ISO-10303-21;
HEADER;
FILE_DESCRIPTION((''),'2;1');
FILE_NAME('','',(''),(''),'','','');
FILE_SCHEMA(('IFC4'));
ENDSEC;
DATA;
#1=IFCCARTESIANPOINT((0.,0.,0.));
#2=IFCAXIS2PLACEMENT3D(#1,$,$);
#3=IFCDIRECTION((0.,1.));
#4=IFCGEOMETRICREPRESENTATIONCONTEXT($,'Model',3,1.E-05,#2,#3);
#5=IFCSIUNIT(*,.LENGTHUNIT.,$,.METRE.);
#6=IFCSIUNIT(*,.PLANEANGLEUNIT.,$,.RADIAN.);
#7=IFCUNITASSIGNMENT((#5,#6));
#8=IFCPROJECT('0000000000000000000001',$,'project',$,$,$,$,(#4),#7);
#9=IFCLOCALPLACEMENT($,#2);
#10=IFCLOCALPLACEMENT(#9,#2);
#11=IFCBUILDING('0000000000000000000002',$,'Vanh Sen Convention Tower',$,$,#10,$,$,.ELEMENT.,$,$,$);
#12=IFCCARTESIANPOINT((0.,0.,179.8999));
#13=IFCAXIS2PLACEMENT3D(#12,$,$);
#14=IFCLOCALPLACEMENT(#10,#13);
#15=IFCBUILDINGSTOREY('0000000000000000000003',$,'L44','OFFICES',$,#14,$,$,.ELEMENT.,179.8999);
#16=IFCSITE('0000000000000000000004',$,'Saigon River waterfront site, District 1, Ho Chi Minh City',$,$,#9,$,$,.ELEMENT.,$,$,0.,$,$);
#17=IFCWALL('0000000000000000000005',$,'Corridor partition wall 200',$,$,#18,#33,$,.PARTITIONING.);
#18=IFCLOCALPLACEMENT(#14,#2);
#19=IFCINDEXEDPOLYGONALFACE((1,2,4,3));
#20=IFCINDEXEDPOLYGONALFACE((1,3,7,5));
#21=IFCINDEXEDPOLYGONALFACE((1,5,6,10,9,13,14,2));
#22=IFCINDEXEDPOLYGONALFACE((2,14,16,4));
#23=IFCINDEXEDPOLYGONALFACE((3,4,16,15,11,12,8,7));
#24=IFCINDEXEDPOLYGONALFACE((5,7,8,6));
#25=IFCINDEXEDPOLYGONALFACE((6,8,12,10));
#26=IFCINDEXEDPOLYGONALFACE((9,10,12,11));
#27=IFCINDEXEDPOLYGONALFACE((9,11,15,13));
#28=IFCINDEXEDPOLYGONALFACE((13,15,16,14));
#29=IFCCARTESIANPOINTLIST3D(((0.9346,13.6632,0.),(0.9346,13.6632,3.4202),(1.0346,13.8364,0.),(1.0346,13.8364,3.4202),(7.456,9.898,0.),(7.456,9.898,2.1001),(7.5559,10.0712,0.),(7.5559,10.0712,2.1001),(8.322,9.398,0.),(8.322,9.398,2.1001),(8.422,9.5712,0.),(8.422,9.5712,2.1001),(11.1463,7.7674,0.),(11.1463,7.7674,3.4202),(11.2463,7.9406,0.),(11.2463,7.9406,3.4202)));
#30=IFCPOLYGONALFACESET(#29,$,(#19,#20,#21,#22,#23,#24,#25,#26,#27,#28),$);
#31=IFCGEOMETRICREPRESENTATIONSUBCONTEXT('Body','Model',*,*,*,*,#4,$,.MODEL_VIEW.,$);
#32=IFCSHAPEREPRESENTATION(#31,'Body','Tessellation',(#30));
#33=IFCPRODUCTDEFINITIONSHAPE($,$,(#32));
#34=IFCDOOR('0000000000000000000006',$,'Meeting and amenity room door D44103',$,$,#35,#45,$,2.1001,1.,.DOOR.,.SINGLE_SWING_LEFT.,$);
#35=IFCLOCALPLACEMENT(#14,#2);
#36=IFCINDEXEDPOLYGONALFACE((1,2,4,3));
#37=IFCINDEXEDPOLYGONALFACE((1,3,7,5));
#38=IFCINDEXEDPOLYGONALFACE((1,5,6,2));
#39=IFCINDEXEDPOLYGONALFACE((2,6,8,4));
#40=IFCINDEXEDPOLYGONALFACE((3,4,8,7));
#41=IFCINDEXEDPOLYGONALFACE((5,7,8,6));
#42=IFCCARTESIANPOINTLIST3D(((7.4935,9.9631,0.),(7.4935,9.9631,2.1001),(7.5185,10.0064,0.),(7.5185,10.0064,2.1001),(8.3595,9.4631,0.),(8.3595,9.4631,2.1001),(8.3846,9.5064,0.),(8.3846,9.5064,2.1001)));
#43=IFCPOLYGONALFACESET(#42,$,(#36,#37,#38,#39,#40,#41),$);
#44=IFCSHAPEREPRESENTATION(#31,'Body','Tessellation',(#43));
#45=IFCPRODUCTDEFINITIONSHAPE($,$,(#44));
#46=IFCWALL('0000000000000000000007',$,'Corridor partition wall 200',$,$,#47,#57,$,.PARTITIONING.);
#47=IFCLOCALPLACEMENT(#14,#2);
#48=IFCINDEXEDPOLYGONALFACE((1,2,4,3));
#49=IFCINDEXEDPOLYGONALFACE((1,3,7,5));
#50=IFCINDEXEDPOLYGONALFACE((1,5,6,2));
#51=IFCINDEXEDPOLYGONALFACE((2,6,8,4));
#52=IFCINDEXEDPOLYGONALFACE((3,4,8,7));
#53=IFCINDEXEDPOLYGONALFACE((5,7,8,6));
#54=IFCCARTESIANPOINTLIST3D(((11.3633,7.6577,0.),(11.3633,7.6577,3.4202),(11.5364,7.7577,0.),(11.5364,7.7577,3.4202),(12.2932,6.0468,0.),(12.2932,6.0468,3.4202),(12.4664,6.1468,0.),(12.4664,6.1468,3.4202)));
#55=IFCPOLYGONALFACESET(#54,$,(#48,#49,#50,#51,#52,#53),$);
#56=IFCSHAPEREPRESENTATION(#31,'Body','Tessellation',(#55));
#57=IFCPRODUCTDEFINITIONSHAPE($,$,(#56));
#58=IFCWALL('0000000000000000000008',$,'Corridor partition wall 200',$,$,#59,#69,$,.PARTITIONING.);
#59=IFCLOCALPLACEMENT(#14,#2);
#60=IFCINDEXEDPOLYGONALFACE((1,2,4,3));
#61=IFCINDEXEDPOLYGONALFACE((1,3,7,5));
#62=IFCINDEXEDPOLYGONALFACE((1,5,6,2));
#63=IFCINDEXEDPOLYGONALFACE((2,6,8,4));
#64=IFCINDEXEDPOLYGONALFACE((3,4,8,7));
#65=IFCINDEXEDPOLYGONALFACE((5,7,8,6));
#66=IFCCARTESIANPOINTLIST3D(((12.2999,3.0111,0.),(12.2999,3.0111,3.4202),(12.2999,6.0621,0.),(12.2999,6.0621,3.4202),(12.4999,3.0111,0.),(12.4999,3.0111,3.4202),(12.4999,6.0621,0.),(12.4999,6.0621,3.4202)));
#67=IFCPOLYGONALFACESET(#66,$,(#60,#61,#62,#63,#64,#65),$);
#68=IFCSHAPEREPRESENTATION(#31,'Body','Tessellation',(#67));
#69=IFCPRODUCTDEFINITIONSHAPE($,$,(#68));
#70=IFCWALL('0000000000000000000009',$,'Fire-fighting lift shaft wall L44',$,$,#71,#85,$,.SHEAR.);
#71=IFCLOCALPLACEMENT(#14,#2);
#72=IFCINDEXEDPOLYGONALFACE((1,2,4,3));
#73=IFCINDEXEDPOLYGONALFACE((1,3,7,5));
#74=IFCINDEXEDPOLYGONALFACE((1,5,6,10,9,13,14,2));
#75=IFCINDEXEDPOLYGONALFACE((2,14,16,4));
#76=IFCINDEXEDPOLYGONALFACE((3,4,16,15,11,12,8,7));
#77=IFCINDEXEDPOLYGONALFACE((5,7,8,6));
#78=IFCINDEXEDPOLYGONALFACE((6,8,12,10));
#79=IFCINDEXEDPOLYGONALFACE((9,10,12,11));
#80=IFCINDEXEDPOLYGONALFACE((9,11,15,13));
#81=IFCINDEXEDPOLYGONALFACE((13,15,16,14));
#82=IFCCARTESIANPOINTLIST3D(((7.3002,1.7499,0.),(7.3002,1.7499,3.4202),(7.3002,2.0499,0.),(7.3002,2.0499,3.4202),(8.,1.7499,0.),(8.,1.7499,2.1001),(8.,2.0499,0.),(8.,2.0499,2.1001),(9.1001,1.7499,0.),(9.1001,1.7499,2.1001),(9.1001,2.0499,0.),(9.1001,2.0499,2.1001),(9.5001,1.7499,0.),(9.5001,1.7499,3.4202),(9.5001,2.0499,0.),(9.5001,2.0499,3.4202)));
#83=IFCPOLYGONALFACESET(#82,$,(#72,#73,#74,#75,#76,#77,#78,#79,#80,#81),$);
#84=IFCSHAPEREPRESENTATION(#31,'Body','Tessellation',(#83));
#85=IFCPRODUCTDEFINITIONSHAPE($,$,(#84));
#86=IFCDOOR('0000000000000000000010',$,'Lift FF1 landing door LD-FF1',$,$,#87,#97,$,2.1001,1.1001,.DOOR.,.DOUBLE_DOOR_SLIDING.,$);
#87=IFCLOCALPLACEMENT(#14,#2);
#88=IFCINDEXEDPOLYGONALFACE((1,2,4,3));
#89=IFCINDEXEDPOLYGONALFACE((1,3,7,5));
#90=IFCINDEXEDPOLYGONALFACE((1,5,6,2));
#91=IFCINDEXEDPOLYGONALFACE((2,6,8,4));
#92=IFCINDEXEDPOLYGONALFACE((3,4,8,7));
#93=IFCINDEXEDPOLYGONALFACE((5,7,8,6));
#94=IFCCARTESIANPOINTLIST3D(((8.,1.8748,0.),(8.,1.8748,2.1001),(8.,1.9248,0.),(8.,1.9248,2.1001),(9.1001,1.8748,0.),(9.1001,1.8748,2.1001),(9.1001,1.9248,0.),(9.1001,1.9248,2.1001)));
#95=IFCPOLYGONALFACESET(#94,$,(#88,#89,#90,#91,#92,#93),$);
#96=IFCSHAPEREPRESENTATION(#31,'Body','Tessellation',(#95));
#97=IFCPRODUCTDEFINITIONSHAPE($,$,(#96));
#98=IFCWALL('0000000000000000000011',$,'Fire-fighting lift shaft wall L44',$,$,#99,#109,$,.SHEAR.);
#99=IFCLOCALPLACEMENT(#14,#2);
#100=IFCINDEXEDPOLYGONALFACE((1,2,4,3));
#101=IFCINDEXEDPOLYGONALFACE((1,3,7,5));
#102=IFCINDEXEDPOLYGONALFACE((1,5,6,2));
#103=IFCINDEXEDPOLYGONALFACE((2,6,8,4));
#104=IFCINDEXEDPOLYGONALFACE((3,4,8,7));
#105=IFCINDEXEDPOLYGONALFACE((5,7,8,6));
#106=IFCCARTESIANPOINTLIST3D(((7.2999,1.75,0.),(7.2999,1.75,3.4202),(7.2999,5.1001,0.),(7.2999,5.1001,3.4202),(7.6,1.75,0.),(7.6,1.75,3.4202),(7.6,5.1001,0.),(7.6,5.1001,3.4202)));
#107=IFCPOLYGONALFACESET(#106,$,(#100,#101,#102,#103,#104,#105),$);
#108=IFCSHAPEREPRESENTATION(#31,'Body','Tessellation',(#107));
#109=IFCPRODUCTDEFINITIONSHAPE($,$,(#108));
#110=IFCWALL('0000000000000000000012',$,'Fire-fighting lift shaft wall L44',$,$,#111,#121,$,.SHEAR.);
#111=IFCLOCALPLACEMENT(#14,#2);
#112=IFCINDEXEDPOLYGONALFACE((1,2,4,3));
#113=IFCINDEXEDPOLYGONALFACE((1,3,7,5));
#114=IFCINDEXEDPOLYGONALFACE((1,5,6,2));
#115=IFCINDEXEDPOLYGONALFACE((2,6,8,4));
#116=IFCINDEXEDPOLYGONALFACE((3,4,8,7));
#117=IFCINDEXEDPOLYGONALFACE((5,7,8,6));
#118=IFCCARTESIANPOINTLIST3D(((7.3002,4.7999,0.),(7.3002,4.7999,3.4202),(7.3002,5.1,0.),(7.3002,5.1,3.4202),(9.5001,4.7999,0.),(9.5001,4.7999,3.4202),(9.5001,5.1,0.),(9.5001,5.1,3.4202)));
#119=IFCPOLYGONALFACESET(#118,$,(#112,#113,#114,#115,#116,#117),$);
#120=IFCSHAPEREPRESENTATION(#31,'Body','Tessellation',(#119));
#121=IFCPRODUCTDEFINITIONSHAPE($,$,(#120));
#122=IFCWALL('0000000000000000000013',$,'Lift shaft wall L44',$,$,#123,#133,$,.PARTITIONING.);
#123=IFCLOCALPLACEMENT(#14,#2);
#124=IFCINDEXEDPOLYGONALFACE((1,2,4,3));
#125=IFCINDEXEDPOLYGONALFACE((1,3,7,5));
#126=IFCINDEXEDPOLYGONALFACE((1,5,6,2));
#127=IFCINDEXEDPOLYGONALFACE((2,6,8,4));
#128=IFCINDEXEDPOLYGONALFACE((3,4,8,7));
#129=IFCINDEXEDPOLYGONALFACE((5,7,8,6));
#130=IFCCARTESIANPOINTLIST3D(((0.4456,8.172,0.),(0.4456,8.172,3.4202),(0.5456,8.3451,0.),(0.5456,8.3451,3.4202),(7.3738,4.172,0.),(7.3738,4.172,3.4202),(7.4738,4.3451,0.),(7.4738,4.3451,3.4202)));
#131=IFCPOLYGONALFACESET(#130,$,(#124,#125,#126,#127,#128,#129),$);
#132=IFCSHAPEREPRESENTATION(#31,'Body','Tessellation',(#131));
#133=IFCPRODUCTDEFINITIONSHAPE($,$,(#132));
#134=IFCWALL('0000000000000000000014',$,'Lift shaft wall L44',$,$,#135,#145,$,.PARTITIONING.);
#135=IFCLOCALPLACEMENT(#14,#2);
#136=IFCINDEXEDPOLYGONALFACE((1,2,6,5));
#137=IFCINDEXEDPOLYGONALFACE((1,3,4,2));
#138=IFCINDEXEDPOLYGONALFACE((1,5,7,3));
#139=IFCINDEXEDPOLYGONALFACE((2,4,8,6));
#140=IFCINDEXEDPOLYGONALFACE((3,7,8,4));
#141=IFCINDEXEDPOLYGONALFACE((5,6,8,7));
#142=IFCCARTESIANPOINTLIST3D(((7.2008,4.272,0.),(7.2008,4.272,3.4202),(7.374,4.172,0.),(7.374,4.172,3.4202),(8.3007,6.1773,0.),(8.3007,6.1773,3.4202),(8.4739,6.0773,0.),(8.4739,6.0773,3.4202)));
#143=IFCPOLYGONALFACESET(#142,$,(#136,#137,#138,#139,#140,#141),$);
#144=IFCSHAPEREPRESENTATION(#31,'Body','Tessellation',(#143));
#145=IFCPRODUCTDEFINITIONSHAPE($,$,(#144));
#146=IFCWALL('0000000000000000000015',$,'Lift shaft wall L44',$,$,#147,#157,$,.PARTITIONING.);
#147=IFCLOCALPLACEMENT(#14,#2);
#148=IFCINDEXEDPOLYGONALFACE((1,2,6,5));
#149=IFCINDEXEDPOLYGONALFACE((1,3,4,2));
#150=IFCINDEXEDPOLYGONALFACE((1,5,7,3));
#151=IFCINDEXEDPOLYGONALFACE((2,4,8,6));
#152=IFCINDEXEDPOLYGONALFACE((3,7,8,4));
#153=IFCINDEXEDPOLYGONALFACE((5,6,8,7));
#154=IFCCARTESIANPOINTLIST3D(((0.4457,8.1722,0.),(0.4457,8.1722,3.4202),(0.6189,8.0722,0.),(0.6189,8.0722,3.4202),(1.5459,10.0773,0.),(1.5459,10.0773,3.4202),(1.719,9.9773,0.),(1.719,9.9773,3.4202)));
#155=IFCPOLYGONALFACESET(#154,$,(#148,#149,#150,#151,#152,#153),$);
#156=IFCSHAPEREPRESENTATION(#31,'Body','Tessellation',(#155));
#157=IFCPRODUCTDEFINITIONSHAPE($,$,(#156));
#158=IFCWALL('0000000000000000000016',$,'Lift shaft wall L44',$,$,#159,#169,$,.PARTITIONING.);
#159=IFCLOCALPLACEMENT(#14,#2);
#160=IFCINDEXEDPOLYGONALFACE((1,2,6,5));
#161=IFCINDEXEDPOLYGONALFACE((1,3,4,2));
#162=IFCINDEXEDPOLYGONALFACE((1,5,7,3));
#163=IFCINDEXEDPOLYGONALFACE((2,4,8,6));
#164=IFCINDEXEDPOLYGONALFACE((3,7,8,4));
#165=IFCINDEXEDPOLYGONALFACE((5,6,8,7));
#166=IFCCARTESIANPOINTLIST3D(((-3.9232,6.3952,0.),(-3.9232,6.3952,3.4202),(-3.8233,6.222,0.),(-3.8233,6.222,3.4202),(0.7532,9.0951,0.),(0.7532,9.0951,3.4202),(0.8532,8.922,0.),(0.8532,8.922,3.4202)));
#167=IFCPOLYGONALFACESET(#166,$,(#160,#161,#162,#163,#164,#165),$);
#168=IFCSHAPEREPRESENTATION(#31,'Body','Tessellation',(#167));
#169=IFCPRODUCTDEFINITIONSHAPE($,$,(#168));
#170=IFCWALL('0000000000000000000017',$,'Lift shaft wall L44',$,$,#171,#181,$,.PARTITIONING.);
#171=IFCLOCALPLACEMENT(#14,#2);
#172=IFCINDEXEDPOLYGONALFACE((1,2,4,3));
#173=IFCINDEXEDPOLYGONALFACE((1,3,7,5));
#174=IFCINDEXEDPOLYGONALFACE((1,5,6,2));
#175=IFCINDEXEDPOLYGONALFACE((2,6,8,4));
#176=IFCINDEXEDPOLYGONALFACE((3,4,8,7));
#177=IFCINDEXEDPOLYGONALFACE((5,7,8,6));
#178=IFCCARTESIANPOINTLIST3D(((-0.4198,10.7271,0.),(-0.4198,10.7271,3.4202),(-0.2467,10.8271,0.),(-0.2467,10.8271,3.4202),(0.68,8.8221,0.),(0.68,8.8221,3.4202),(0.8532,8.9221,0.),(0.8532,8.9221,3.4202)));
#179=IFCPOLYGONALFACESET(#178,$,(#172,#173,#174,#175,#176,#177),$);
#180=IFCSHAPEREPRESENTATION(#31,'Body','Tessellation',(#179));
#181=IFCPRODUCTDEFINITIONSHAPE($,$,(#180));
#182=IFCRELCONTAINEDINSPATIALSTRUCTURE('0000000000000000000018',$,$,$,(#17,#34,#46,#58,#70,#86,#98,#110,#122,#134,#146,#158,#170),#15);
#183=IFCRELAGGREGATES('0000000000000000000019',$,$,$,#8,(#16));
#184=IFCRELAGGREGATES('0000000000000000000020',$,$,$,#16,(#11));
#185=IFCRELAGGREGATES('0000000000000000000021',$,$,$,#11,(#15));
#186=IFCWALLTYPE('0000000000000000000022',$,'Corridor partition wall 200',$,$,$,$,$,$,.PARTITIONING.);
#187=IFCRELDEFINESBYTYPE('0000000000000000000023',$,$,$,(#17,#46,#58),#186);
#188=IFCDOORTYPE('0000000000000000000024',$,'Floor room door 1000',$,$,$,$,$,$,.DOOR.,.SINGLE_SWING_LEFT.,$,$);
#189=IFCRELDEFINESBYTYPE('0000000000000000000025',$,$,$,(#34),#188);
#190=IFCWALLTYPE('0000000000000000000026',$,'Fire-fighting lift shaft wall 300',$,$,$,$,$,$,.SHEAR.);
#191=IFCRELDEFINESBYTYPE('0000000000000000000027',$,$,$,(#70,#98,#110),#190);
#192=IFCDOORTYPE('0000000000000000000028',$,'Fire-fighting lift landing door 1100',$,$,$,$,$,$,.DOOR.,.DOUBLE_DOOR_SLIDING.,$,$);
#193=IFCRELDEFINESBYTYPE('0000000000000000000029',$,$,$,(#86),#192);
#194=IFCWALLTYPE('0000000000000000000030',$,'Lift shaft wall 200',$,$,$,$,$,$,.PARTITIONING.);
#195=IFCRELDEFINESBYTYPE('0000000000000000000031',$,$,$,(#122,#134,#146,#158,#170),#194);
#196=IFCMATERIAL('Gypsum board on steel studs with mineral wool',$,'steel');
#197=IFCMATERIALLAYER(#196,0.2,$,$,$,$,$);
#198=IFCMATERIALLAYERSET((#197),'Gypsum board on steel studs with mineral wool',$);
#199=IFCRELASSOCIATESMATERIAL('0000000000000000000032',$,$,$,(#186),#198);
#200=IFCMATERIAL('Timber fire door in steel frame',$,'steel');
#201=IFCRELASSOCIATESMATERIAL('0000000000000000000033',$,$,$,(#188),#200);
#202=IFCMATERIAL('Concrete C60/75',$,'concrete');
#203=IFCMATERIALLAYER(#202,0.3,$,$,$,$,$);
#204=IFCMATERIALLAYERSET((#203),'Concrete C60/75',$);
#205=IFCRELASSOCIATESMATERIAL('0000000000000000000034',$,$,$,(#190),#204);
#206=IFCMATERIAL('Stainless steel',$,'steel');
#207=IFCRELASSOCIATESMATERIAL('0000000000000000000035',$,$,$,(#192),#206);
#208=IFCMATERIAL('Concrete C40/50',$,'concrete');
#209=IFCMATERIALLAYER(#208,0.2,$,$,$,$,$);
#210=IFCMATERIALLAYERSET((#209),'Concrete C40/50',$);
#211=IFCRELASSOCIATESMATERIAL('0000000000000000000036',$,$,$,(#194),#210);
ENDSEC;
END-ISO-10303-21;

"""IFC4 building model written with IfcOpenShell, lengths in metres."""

from ifc_helpers import new_model, si_unit, direction, frame, frame_2d, origin, place, context, subcontext, project, spatial, rectangle, extrude, material, layer, layer_set, type_object, element, fill, save


model = new_model("IFC4")

# Units and contexts
model_context = context("Model", 3, precision=1e-05, world=origin(), true_north=direction((0.0, 1.0)))
body_context = subcontext(model_context, "Body", "Model", "MODEL_VIEW")
ifc_project = project(units=[si_unit("LENGTHUNIT", "METRE"), si_unit("PLANEANGLEUNIT", "RADIAN")], contexts=[model_context])

# Site, building, storey
site_placement = place(None, origin())
site = spatial("IfcSite", under=ifc_project, at=site_placement, Name="Saigon River waterfront site, District 1, Ho Chi Minh City", CompositionType="ELEMENT", RefElevation=0.0)
building_placement = place(site_placement, origin())
building = spatial("IfcBuilding", under=site, at=building_placement, Name="Vanh Sen Convention Tower", CompositionType="ELEMENT")
storey_placement = place(building_placement, frame((0.0, 0.0, 179.8999)))
storey = spatial("IfcBuildingStorey", under=building, at=storey_placement, Name="L44", Description="OFFICES", CompositionType="ELEMENT", Elevation=179.8999)

# Wall, opening, door
ifc_material_1 = material(Name="Gypsum board on steel studs with mineral wool", Category="steel")
ifc_layer_1 = layer(ifc_material_1, 0.2)
ifc_layer_set_1 = layer_set([ifc_layer_1], Name="Gypsum board on steel studs with mineral wool")
wall_type_1 = type_object("IfcWallType", Name="Corridor partition wall 200", PredefinedType="PARTITIONING", material=ifc_layer_set_1)
wall_1_placement = place(storey_placement, frame((11.1963, 7.854, 0.0), z_axis=(0.0, 0.0, 1.0), x_axis=(-0.866024, 0.500003, 0.0)))
wall_1 = element("IfcWall", 1, at=wall_1_placement, inside=storey, type_object=wall_type_1, Name="Corridor partition wall 200", PredefinedType="PARTITIONING", context=body_context, shape_type="SweptSolid", body=[
    extrude(rectangle(XDim=11.7915, YDim=0.2, at=frame_2d((5.8958, 0.0))), origin(), (0.0, 0.0, 1.0), 3.4202),
])
opening_1_placement = place(wall_1_placement, frame((3.2612, 0.0, 0.0)))
opening_1 = element("IfcOpeningElement", 2, at=opening_1_placement, cuts=wall_1, PredefinedType="OPENING", context=body_context, shape_type="SweptSolid", body=[
    extrude(rectangle(XDim=1.0, YDim=2.1001, at=frame_2d((0.5, 1.05))), frame((0.0, 0.1099, 0.0), z_axis=(0.0, -1.0, 0.0), x_axis=(1.0, 0.0, 0.0)), (0.0, 0.0, 1.0), 0.22),
])
ifc_material_2 = material(Name="Timber fire door in steel frame", Category="steel")
door_type_1 = type_object("IfcDoorType", Name="Floor room door 1000", OperationType="SINGLE_SWING_LEFT", PredefinedType="DOOR", material=ifc_material_2)
door_1_placement = place(opening_1_placement, origin())
door_1 = element("IfcDoor", 3, at=door_1_placement, inside=storey, type_object=door_type_1, Name="Meeting and amenity room door D44103", OperationType="SINGLE_SWING_LEFT", OverallHeight=2.1001, OverallWidth=1.0, PredefinedType="DOOR", context=body_context, shape_type="SweptSolid", body=[
    extrude(rectangle(XDim=1.0, YDim=2.1001, at=frame_2d((0.5, 1.05))), frame((0.0, 0.0249, 0.0), z_axis=(0.0, -1.0, 0.0), x_axis=(1.0, 0.0, 0.0)), (0.0, 0.0, 1.0), 0.05),
])
fill(opening_1, door_1)

# Walls
wall_2_placement = place(storey_placement, frame((12.3799, 6.0967, 0.0), z_axis=(0.0, 0.0, 1.0), x_axis=(-0.499965, 0.866046, 0.0)))
element("IfcWall", 4, at=wall_2_placement, inside=storey, type_object=wall_type_1, Name="Corridor partition wall 200", PredefinedType="PARTITIONING", context=body_context, shape_type="SweptSolid", body=[
    extrude(rectangle(XDim=1.8601, YDim=0.2, at=frame_2d((0.9302, 0.0))), origin(), (0.0, 0.0, 1.0), 3.4202),
])
wall_3_placement = place(storey_placement, frame((12.3999, 3.0112, 0.0), z_axis=(0.0, 0.0, 1.0), x_axis=(0.0, 1.0, 0.0)))
element("IfcWall", 5, at=wall_3_placement, inside=storey, type_object=wall_type_1, Name="Corridor partition wall 200", PredefinedType="PARTITIONING", context=body_context, shape_type="SweptSolid", body=[
    extrude(rectangle(XDim=3.051, YDim=0.2, at=frame_2d((1.5254, 0.0))), origin(), (0.0, 0.0, 1.0), 3.4202),
])

# Wall, opening, door
ifc_material_3 = material(Name="Concrete C60/75", Category="concrete")
ifc_layer_2 = layer(ifc_material_3, 0.3)
ifc_layer_set_2 = layer_set([ifc_layer_2], Name="Concrete C60/75")
wall_type_2 = type_object("IfcWallType", Name="Fire-fighting lift shaft wall 300", PredefinedType="SHEAR", material=ifc_layer_set_2)
wall_4_placement = place(storey_placement, frame((7.3, 1.8999, 0.0), z_axis=(0.0, 0.0, 1.0), x_axis=(1.0, 0.0, 0.0)))
wall_4 = element("IfcWall", 6, at=wall_4_placement, inside=storey, type_object=wall_type_2, Name="Fire-fighting lift shaft wall L44", PredefinedType="SHEAR", context=body_context, shape_type="SweptSolid", body=[
    extrude(rectangle(XDim=2.2, YDim=0.3, at=frame_2d((1.1001, 0.0))), origin(), (0.0, 0.0, 1.0), 3.4202),
])
opening_2_placement = place(wall_4_placement, frame((0.7, 0.0, 0.0)))
opening_2 = element("IfcOpeningElement", 7, at=opening_2_placement, cuts=wall_4, PredefinedType="OPENING", context=body_context, shape_type="SweptSolid", body=[
    extrude(rectangle(XDim=1.1001, YDim=2.1001, at=frame_2d((0.55, 1.05))), frame((0.0, 0.1599, 0.0), z_axis=(0.0, -1.0, 0.0), x_axis=(1.0, 0.0, 0.0)), (0.0, 0.0, 1.0), 0.3201),
])
ifc_material_4 = material(Name="Stainless steel", Category="steel")
door_type_2 = type_object("IfcDoorType", Name="Fire-fighting lift landing door 1100", OperationType="DOUBLE_DOOR_SLIDING", PredefinedType="DOOR", material=ifc_material_4)
door_2_placement = place(opening_2_placement, origin())
door_2 = element("IfcDoor", 8, at=door_2_placement, inside=storey, type_object=door_type_2, Name="Lift FF1 landing door LD-FF1", OperationType="DOUBLE_DOOR_SLIDING", OverallHeight=2.1001, OverallWidth=1.1001, PredefinedType="DOOR", context=body_context, shape_type="SweptSolid", body=[
    extrude(rectangle(XDim=1.1001, YDim=2.1001, at=frame_2d((0.55, 1.05))), frame((0.0, 0.0249, 0.0), z_axis=(0.0, -1.0, 0.0), x_axis=(1.0, 0.0, 0.0)), (0.0, 0.0, 1.0), 0.05),
])
fill(opening_2, door_2)

# Walls
wall_5_placement = place(storey_placement, frame((7.45, 1.75, 0.0), z_axis=(0.0, 0.0, 1.0), x_axis=(0.0, 1.0, 0.0)))
element("IfcWall", 9, at=wall_5_placement, inside=storey, type_object=wall_type_2, Name="Fire-fighting lift shaft wall L44", PredefinedType="SHEAR", context=body_context, shape_type="SweptSolid", body=[
    extrude(rectangle(XDim=3.3501, YDim=0.3, at=frame_2d((1.675, 0.0))), origin(), (0.0, 0.0, 1.0), 3.4202),
])
wall_6_placement = place(storey_placement, frame((7.3, 4.95, 0.0), z_axis=(0.0, 0.0, 1.0), x_axis=(1.0, 0.0, 0.0)))
element("IfcWall", 10, at=wall_6_placement, inside=storey, type_object=wall_type_2, Name="Fire-fighting lift shaft wall L44", PredefinedType="SHEAR", context=body_context, shape_type="SweptSolid", body=[
    extrude(rectangle(XDim=2.2, YDim=0.3, at=frame_2d((1.1001, 0.0))), origin(), (0.0, 0.0, 1.0), 3.4202),
])
ifc_material_5 = material(Name="Concrete C40/50", Category="concrete")
ifc_layer_3 = layer(ifc_material_5, 0.2)
ifc_layer_set_3 = layer_set([ifc_layer_3], Name="Concrete C40/50")
wall_type_3 = type_object("IfcWallType", Name="Lift shaft wall 200", PredefinedType="PARTITIONING", material=ifc_layer_set_3)
wall_7_placement = place(storey_placement, frame((7.4238, 4.2585, 0.0), z_axis=(0.0, 0.0, 1.0), x_axis=(-0.866026, 0.499999, 0.0)))
element("IfcWall", 11, at=wall_7_placement, inside=storey, type_object=wall_type_3, Name="Lift shaft wall L44", PredefinedType="PARTITIONING", context=body_context, shape_type="SweptSolid", body=[
    extrude(rectangle(XDim=8.0, YDim=0.2, at=frame_2d((4.0, 0.0))), origin(), (0.0, 0.0, 1.0), 3.4202),
])
for number, where, z_axis, x_axis, name in (
    (12, (7.2874, 4.2219, 0.0), (0.0, 0.0, 1.0), (0.499947, 0.866056, 0.0), "Lift shaft wall L44"),
    (13, (0.5322, 8.1221, 0.0), (0.0, 0.0, 1.0), (0.500078, 0.86598, 0.0), "Lift shaft wall L44"),
):
    element("IfcWall", number, at=place(storey_placement, frame(where, z_axis=z_axis, x_axis=x_axis)), inside=storey, type_object=wall_type_3, Name=name, PredefinedType="PARTITIONING", context=body_context, shape_type="SweptSolid", body=[
        extrude(rectangle(XDim=2.2, YDim=0.2, at=frame_2d((1.1001, 0.0))), origin(), (0.0, 0.0, 1.0), 3.4202),
    ])
wall_8_placement = place(storey_placement, frame((0.8032, 9.0085, 0.0), z_axis=(0.0, 0.0, 1.0), x_axis=(-0.866028, -0.499995, 0.0)))
element("IfcWall", 14, at=wall_8_placement, inside=storey, type_object=wall_type_3, Name="Lift shaft wall L44", PredefinedType="PARTITIONING", context=body_context, shape_type="SweptSolid", body=[
    extrude(rectangle(XDim=5.3999, YDim=0.2, at=frame_2d((2.7, 0.0))), origin(), (0.0, 0.0, 1.0), 3.4202),
])
wall_9_placement = place(storey_placement, frame((0.7666, 8.8721, 0.0), z_axis=(0.0, 0.0, 1.0), x_axis=(-0.499995, 0.866028, 0.0)))
element("IfcWall", 15, at=wall_9_placement, inside=storey, type_object=wall_type_3, Name="Lift shaft wall L44", PredefinedType="PARTITIONING", context=body_context, shape_type="SweptSolid", body=[
    extrude(rectangle(XDim=2.1997, YDim=0.2, at=frame_2d((1.0999, 0.0))), origin(), (0.0, 0.0, 1.0), 3.4202),
])

save(model, "model.ifc")
